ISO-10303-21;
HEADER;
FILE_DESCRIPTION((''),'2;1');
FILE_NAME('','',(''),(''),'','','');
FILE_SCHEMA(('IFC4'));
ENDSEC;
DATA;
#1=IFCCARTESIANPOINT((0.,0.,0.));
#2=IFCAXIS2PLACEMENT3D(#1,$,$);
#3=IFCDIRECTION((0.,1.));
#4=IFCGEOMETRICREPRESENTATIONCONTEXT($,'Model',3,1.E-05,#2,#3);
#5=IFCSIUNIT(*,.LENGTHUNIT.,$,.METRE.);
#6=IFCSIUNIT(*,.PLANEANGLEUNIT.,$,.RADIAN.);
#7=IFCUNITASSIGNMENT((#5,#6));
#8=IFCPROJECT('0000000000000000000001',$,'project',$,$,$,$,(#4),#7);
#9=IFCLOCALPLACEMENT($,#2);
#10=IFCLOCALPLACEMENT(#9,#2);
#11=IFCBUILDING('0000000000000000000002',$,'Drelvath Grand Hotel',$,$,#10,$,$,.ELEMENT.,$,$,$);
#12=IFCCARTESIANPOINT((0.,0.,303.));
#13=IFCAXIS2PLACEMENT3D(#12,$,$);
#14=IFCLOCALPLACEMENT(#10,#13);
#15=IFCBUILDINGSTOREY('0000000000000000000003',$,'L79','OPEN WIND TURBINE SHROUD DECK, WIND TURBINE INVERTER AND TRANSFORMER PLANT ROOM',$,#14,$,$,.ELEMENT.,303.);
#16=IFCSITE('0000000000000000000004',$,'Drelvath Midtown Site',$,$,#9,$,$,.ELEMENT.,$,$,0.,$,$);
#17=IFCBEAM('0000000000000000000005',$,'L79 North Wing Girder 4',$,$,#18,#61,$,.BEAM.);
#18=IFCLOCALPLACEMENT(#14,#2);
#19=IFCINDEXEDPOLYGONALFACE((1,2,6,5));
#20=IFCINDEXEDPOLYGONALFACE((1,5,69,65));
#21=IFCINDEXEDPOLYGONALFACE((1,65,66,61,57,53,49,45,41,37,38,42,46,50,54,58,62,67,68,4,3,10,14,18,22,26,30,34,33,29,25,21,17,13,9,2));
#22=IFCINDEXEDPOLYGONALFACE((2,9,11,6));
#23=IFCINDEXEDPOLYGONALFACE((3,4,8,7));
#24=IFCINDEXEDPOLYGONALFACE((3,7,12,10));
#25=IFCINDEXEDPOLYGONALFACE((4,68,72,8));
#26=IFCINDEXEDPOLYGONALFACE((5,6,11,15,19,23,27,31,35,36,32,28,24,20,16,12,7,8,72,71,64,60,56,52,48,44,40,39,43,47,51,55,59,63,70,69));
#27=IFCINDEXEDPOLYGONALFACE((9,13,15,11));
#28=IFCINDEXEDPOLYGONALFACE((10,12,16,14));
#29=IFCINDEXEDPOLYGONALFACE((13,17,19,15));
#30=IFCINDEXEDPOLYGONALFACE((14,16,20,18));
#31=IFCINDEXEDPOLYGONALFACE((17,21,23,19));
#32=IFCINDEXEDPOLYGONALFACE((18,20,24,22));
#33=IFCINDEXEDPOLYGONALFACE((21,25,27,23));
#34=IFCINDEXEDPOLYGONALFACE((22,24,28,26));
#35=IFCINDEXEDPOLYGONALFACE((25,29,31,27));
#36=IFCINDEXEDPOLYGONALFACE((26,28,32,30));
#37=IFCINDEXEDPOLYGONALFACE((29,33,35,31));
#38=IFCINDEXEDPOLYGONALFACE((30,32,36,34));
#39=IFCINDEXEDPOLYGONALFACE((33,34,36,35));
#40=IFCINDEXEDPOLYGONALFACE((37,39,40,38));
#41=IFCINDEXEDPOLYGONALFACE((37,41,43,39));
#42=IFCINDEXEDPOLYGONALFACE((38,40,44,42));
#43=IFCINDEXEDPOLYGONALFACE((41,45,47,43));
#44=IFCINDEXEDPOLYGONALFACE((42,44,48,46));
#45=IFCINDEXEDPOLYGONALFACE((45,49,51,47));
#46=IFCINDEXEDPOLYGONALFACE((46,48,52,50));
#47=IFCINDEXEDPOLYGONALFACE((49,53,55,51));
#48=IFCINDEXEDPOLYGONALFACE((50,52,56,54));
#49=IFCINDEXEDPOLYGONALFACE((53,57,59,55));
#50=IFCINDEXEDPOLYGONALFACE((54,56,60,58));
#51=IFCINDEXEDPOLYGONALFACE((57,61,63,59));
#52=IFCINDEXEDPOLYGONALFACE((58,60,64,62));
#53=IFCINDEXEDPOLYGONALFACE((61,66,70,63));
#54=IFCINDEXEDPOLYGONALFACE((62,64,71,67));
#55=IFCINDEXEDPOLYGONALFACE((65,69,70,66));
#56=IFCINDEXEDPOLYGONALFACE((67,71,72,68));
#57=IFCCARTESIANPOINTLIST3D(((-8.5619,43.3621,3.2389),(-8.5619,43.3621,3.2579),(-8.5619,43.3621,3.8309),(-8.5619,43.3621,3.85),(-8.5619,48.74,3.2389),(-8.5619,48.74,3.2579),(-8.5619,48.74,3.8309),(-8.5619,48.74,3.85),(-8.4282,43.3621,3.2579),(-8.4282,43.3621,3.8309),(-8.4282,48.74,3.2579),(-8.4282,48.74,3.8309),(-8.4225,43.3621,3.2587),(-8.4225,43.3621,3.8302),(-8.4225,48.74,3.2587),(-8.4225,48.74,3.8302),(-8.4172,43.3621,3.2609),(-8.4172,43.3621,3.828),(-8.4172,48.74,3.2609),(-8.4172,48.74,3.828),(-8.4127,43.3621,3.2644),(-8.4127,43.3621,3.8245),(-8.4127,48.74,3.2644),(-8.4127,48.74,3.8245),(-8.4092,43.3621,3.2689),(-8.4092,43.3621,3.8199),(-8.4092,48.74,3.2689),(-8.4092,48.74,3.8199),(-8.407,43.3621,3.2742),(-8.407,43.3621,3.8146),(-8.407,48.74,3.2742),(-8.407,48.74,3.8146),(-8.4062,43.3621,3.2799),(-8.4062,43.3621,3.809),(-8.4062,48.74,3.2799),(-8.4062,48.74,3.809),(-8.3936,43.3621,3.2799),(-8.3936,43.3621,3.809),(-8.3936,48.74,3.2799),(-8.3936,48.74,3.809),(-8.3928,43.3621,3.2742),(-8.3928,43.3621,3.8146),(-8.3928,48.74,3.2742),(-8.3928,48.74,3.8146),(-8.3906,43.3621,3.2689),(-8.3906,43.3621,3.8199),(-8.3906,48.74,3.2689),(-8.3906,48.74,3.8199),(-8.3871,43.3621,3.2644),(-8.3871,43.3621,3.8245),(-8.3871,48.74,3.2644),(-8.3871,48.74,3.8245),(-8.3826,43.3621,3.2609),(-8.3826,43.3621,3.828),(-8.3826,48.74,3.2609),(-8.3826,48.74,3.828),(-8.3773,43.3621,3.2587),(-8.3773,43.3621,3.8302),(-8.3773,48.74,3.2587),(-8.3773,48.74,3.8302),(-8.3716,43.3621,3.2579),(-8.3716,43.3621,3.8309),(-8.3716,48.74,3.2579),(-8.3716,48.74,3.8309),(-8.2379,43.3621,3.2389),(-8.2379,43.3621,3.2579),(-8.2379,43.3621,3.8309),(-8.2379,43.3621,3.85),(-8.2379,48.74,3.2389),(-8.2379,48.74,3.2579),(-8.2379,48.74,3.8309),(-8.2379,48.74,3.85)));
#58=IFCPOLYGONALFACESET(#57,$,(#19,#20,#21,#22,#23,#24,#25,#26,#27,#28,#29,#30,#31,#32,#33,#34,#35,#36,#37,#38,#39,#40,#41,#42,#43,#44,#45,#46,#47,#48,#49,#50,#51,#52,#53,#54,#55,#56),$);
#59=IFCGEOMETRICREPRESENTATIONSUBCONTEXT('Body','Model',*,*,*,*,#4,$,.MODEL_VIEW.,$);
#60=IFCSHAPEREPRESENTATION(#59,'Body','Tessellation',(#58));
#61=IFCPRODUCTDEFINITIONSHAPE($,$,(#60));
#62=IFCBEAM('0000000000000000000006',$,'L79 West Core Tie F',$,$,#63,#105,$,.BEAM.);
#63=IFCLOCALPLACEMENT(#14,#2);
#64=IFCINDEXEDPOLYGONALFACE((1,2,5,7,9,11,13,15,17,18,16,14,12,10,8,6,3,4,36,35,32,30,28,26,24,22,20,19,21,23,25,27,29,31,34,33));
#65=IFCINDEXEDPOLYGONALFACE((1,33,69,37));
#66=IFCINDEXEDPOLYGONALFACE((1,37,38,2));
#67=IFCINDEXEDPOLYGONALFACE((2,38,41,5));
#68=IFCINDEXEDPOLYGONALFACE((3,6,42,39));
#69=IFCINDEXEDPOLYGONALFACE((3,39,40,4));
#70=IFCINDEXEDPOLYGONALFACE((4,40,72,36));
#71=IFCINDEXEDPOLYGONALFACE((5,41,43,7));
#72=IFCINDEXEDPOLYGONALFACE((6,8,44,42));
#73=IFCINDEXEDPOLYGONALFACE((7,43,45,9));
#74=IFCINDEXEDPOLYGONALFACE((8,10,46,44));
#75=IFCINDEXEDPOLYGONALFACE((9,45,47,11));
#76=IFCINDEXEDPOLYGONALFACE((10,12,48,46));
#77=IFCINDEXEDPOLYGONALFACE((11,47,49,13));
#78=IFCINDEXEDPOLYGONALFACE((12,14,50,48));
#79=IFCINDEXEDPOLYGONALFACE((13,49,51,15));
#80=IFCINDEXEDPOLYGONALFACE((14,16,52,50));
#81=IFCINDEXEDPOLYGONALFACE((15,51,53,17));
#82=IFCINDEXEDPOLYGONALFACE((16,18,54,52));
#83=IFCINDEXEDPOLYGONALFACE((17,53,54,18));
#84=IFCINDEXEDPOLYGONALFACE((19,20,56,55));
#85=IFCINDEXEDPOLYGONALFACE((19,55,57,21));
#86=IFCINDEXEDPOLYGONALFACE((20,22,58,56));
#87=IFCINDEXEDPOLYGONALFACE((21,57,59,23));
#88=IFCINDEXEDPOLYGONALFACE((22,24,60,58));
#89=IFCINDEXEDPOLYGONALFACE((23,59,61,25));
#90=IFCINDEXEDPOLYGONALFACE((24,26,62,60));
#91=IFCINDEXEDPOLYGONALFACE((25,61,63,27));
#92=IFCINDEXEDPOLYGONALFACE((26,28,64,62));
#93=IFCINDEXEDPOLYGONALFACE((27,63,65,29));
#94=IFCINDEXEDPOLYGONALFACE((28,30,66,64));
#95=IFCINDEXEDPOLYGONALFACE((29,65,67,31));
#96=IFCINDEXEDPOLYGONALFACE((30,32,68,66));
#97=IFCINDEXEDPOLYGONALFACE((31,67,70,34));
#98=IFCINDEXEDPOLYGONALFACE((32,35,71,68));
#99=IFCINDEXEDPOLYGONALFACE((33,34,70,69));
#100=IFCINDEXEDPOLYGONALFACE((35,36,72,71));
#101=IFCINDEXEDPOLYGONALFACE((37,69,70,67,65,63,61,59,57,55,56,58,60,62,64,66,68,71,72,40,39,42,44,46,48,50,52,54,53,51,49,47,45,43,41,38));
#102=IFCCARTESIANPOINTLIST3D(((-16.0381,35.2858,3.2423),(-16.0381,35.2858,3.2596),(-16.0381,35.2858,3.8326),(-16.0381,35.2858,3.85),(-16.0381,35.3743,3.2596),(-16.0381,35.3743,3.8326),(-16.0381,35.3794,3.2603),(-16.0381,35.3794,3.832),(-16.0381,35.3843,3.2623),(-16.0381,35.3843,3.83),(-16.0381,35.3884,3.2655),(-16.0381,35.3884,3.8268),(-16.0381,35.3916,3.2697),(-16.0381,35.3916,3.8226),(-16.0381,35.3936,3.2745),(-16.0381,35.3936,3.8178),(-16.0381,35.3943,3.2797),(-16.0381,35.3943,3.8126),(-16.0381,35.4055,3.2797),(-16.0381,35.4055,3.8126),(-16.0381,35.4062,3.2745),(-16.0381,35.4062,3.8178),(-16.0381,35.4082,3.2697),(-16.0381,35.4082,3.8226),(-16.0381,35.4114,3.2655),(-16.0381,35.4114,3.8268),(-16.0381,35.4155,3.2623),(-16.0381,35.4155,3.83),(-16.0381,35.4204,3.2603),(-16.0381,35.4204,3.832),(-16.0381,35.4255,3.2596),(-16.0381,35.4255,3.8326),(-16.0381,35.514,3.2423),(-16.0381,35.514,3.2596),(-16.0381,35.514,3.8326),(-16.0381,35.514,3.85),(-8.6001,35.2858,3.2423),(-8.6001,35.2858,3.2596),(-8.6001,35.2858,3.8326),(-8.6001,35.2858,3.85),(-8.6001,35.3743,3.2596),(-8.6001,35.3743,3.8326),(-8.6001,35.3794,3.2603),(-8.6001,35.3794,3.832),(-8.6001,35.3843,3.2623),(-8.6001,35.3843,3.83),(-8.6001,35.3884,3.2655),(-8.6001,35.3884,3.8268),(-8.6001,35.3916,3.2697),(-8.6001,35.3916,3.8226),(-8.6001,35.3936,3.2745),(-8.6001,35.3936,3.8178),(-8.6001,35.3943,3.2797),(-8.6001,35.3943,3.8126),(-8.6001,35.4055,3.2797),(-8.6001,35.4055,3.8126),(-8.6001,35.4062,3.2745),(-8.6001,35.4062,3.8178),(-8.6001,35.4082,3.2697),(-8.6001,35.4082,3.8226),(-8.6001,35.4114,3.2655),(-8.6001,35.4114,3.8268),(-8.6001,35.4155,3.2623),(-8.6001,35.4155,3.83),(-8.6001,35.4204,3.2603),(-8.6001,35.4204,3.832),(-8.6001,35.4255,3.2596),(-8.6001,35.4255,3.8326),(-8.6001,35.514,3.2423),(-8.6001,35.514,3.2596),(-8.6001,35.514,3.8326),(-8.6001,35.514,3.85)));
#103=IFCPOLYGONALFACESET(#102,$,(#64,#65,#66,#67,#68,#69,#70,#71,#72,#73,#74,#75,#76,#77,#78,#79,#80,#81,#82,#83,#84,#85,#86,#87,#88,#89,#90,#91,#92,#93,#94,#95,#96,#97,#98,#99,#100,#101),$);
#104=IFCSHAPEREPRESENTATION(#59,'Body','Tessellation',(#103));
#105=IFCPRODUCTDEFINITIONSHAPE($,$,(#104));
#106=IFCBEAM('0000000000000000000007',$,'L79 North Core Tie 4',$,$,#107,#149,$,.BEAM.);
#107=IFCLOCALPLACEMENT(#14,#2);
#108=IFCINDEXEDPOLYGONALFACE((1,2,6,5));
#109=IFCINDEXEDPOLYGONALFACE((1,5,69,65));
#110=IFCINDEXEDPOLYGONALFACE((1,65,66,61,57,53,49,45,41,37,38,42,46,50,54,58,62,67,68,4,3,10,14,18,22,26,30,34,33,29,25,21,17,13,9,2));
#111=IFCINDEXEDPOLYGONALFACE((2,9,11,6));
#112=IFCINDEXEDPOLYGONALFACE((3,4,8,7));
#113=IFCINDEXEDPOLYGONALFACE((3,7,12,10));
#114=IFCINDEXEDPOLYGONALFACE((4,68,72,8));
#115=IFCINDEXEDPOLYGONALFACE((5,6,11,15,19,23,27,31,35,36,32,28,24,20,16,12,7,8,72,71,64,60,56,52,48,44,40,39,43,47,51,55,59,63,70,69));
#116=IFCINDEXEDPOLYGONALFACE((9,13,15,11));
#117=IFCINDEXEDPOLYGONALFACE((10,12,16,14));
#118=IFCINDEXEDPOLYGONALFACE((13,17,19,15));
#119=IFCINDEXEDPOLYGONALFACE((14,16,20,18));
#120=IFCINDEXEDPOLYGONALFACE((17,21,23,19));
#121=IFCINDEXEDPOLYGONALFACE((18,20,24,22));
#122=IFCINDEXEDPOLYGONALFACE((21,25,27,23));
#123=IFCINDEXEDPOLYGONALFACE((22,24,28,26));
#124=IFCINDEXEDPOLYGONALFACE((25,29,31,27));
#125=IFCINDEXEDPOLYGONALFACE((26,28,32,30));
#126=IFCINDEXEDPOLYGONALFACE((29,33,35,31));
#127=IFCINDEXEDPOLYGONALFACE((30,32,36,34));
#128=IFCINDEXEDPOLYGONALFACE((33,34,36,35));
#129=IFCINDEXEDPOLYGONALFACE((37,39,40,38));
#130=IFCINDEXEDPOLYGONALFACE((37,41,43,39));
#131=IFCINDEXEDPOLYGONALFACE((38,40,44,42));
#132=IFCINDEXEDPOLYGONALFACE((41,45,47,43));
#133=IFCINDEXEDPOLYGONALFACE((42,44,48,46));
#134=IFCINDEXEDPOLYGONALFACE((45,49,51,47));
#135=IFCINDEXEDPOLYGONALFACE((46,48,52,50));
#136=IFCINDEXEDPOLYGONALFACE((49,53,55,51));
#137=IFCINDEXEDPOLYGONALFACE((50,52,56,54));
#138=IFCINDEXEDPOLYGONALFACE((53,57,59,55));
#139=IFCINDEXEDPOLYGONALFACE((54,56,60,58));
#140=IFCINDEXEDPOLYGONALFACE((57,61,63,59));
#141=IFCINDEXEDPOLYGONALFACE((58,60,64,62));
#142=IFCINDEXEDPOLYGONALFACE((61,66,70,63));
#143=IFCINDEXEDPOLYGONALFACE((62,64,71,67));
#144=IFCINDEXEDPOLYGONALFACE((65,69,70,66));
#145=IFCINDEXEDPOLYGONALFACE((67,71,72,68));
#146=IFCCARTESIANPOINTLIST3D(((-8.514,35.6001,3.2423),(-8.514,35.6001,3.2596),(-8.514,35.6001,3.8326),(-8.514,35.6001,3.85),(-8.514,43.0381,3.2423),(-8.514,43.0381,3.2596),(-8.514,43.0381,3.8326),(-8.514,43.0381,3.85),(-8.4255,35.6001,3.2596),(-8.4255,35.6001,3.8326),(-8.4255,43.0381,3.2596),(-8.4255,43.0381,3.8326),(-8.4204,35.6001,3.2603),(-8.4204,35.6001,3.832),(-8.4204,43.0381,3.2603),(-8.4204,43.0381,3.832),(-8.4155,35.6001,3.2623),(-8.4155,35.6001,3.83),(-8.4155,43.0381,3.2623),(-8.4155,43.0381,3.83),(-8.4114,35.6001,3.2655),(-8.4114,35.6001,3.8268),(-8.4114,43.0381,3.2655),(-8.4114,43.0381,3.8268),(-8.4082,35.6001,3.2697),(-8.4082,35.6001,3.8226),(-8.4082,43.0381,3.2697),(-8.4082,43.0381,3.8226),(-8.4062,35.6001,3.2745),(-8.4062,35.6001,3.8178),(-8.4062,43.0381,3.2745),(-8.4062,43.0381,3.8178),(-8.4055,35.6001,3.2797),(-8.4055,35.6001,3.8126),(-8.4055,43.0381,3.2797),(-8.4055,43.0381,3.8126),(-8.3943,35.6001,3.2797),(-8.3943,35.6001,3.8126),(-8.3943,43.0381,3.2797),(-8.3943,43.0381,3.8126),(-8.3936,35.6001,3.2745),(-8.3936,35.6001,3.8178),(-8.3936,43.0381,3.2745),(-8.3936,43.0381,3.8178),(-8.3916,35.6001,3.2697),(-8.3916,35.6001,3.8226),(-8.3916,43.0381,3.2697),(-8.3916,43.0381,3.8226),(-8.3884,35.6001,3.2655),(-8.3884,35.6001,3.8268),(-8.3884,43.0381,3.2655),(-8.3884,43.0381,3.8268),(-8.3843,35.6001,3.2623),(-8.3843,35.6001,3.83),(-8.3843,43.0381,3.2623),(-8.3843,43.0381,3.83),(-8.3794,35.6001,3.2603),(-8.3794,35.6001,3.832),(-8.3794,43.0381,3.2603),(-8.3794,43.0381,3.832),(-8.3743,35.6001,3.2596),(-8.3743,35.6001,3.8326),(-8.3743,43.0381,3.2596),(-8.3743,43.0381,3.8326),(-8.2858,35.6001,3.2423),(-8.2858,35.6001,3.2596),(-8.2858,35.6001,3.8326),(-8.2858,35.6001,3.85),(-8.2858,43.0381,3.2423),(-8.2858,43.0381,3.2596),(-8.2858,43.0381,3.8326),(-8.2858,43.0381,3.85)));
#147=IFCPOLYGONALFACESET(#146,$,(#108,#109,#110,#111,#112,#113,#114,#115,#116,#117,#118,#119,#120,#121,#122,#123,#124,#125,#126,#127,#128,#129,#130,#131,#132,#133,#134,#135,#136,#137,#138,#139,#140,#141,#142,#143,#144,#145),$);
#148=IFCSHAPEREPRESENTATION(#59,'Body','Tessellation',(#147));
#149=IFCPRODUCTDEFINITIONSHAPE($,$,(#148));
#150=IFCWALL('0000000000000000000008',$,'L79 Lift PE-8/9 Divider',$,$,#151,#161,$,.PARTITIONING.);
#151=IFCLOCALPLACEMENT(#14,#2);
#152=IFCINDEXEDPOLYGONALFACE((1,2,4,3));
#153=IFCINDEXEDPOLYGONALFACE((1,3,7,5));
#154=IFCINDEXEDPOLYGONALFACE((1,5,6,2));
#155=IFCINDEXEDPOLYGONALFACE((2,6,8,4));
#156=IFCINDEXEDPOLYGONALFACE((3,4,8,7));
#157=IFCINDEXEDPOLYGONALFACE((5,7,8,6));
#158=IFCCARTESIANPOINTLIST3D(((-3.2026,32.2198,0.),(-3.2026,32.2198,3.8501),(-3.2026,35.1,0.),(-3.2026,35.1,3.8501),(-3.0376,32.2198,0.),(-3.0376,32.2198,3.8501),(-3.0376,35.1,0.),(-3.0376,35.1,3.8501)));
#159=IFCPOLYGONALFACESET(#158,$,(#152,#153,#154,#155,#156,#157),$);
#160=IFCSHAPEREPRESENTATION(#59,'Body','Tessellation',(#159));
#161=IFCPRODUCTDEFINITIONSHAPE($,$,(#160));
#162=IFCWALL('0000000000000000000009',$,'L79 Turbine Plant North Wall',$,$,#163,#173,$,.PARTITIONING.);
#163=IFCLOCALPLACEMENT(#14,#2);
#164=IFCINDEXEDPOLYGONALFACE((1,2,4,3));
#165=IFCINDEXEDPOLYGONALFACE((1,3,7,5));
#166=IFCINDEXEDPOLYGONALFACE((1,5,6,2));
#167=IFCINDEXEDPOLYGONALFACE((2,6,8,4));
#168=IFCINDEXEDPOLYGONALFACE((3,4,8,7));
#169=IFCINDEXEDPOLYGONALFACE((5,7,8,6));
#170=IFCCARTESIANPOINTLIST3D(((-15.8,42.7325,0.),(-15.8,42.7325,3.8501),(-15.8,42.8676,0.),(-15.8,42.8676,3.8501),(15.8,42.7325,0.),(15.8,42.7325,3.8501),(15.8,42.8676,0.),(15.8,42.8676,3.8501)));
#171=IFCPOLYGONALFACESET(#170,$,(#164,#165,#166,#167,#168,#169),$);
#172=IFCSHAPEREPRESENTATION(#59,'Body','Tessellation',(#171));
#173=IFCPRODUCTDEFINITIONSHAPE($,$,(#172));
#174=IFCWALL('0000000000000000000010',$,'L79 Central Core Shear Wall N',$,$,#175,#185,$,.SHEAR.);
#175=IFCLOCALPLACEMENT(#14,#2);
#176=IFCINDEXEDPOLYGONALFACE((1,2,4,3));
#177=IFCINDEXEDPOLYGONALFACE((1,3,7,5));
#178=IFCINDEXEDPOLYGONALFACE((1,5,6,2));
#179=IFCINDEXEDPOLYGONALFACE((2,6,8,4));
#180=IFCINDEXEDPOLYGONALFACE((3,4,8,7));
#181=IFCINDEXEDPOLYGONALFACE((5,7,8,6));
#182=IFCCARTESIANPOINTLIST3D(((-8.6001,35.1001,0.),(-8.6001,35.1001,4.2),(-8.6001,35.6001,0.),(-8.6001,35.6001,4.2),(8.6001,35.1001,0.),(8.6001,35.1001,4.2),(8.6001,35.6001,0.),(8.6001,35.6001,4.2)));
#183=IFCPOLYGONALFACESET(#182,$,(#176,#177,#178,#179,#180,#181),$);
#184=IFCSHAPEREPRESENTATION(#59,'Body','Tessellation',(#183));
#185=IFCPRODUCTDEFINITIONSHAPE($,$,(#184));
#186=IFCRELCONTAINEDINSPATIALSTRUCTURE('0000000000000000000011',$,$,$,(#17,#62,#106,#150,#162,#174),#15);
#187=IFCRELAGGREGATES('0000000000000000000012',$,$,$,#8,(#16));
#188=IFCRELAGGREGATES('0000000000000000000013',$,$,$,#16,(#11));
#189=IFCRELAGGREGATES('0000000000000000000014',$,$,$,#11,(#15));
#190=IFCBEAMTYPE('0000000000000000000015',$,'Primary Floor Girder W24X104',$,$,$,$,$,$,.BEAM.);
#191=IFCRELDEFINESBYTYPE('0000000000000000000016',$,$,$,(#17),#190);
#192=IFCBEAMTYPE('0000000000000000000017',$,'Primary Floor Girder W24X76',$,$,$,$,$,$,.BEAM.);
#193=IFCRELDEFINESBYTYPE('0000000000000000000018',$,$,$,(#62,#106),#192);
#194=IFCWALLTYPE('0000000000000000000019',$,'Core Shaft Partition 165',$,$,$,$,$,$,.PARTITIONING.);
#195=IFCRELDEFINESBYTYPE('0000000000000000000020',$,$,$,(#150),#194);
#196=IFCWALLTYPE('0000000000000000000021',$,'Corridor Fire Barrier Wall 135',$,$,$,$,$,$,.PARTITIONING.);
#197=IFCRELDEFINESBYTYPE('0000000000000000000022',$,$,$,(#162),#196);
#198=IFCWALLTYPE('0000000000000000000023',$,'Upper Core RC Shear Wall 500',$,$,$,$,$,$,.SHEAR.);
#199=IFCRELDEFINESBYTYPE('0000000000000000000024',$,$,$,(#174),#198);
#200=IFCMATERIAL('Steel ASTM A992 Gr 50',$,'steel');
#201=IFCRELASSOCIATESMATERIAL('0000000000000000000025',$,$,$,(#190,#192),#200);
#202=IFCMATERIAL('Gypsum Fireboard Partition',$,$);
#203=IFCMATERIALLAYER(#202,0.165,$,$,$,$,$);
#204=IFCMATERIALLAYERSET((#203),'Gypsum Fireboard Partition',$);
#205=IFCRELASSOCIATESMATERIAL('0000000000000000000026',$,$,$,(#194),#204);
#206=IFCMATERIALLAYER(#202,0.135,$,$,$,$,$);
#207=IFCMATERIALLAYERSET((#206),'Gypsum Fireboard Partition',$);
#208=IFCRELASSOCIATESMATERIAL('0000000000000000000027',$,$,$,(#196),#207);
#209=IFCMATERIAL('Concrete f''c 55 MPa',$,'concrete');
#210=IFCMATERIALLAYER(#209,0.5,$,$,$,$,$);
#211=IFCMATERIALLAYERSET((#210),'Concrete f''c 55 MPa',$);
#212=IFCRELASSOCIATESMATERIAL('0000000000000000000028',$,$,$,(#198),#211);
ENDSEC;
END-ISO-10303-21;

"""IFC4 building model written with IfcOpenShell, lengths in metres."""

from ifc_helpers import new_model, si_unit, direction, frame, frame_2d, origin, origin_2d, place, context, subcontext, project, spatial, rectangle, i_section, extrude, material, layer, layer_set, material_profile, profile_set, type_object, element, save


model = new_model("IFC4")

# Units and contexts
model_context = context("Model", 3, precision=1e-05, world=origin(), true_north=direction((0.0, 1.0)))
body_context = subcontext(model_context, "Body", "Model", "MODEL_VIEW")
ifc_project = project(units=[si_unit("LENGTHUNIT", "METRE"), si_unit("PLANEANGLEUNIT", "RADIAN")], contexts=[model_context])

# Site, building, storey
site_placement = place(None, origin())
site = spatial("IfcSite", under=ifc_project, at=site_placement, Name="Drelvath Midtown Site", CompositionType="ELEMENT", RefElevation=0.0)
building_placement = place(site_placement, origin())
building = spatial("IfcBuilding", under=site, at=building_placement, Name="Drelvath Grand Hotel", CompositionType="ELEMENT")
storey_placement = place(building_placement, frame((0.0, 0.0, 303.0)))
storey = spatial("IfcBuildingStorey", under=building, at=storey_placement, Name="L79", Description="OPEN WIND TURBINE SHROUD DECK, WIND TURBINE INVERTER AND TRANSFORMER PLANT ROOM", CompositionType="ELEMENT", Elevation=303.0)

# Shared definitions
ifc_material_1 = material(Name="Concrete f'c 55 MPa", Category="concrete")

# Beams
ifc_material_2 = material(Name="Steel ASTM A992 Gr 50", Category="steel")
ifc_material_profile_1 = material_profile(ifc_material_2, i_section(OverallWidth=0.324, OverallDepth=0.6111, WebThickness=0.0127, FlangeThickness=0.019, FilletRadius=0.022, at=origin_2d()), Name="W24X104")
ifc_profile_set_1 = profile_set([ifc_material_profile_1], Name="Steel ASTM A992 Gr 50")
beam_type_1 = type_object("IfcBeamType", Name="Primary Floor Girder W24X104", PredefinedType="BEAM", material=ifc_profile_set_1)
beam_1_placement = place(storey_placement, frame((-8.3999, 43.3621, 3.5444), z_axis=(0.0, 1.0, 0.0), x_axis=(-1.0, 0.0, 0.0)))
element("IfcBeam", 1, at=beam_1_placement, inside=storey, type_object=beam_type_1, Name="L79 North Wing Girder 4", PredefinedType="BEAM", context=body_context, shape_type="SweptSolid", body=[
    extrude(i_section(OverallWidth=0.324, OverallDepth=0.6111, WebThickness=0.0127, FlangeThickness=0.019, FilletRadius=0.022, at=origin_2d()), origin(), (0.0, 0.0, 1.0), 5.3779),
])
ifc_material_profile_2 = material_profile(ifc_material_2, i_section(OverallWidth=0.2283, OverallDepth=0.6077, WebThickness=0.0112, FlangeThickness=0.0173, FilletRadius=0.02, at=origin_2d()), Name="W24X76")
ifc_profile_set_2 = profile_set([ifc_material_profile_2], Name="Steel ASTM A992 Gr 50")
beam_type_2 = type_object("IfcBeamType", Name="Primary Floor Girder W24X76", PredefinedType="BEAM", material=ifc_profile_set_2)
for number, where, z_axis, x_axis, name in (
    (2, (-16.0381, 35.3999, 3.5461), (1.0, 0.0, 0.0), (0.0, 1.0, 0.0), "L79 West Core Tie F"),
    (3, (-8.3999, 35.6001, 3.5461), (0.0, 1.0, 0.0), (-1.0, 0.0, 0.0), "L79 North Core Tie 4"),
):
    element("IfcBeam", number, at=place(storey_placement, frame(where, z_axis=z_axis, x_axis=x_axis)), inside=storey, type_object=beam_type_2, Name=name, PredefinedType="BEAM", context=body_context, shape_type="SweptSolid", body=[
        extrude(i_section(OverallWidth=0.2283, OverallDepth=0.6077, WebThickness=0.0112, FlangeThickness=0.0173, FilletRadius=0.02, at=origin_2d()), origin(), (0.0, 0.0, 1.0), 7.438),
    ])

# Walls
ifc_material_3 = material(Name="Gypsum Fireboard Partition")
ifc_layer_1 = layer(ifc_material_3, 0.165)
ifc_layer_set_1 = layer_set([ifc_layer_1], Name="Gypsum Fireboard Partition")
wall_type_1 = type_object("IfcWallType", Name="Core Shaft Partition 165", PredefinedType="PARTITIONING", material=ifc_layer_set_1)
wall_1_placement = place(storey_placement, frame((-3.1201, 32.22, 0.0), z_axis=(0.0, 0.0, 1.0), x_axis=(0.0, 1.0, 0.0)))
element("IfcWall", 4, at=wall_1_placement, inside=storey, type_object=wall_type_1, Name="L79 Lift PE-8/9 Divider", PredefinedType="PARTITIONING", context=body_context, shape_type="SweptSolid", body=[
    extrude(rectangle(XDim=2.8801, YDim=0.165, at=frame_2d((1.4399, 0.0))), origin(), (0.0, 0.0, 1.0), 3.8501),
])
ifc_layer_2 = layer(ifc_material_3, 0.135)
ifc_layer_set_2 = layer_set([ifc_layer_2], Name="Gypsum Fireboard Partition")
wall_type_2 = type_object("IfcWallType", Name="Corridor Fire Barrier Wall 135", PredefinedType="PARTITIONING", material=ifc_layer_set_2)
wall_2_placement = place(storey_placement, frame((-15.8, 42.8, 0.0), z_axis=(0.0, 0.0, 1.0), x_axis=(1.0, 0.0, 0.0)))
element("IfcWall", 5, at=wall_2_placement, inside=storey, type_object=wall_type_2, Name="L79 Turbine Plant North Wall", PredefinedType="PARTITIONING", context=body_context, shape_type="SweptSolid", body=[
    extrude(rectangle(XDim=31.6001, YDim=0.135, at=frame_2d((15.8, 0.0))), origin(), (0.0, 0.0, 1.0), 3.8501),
])
ifc_layer_3 = layer(ifc_material_1, 0.5)
ifc_layer_set_3 = layer_set([ifc_layer_3], Name="Concrete f'c 55 MPa")
wall_type_3 = type_object("IfcWallType", Name="Upper Core RC Shear Wall 500", PredefinedType="SHEAR", material=ifc_layer_set_3)
wall_3_placement = place(storey_placement, frame((-8.6001, 35.3501, 0.0), z_axis=(0.0, 0.0, 1.0), x_axis=(1.0, 0.0, 0.0)))
element("IfcWall", 6, at=wall_3_placement, inside=storey, type_object=wall_type_3, Name="L79 Central Core Shear Wall N", PredefinedType="SHEAR", context=body_context, shape_type="SweptSolid", body=[
    extrude(rectangle(XDim=17.2002, YDim=0.5, at=frame_2d((8.6001, 0.0))), origin(), (0.0, 0.0, 1.0), 4.2),
])

save(model, "model.ifc")
